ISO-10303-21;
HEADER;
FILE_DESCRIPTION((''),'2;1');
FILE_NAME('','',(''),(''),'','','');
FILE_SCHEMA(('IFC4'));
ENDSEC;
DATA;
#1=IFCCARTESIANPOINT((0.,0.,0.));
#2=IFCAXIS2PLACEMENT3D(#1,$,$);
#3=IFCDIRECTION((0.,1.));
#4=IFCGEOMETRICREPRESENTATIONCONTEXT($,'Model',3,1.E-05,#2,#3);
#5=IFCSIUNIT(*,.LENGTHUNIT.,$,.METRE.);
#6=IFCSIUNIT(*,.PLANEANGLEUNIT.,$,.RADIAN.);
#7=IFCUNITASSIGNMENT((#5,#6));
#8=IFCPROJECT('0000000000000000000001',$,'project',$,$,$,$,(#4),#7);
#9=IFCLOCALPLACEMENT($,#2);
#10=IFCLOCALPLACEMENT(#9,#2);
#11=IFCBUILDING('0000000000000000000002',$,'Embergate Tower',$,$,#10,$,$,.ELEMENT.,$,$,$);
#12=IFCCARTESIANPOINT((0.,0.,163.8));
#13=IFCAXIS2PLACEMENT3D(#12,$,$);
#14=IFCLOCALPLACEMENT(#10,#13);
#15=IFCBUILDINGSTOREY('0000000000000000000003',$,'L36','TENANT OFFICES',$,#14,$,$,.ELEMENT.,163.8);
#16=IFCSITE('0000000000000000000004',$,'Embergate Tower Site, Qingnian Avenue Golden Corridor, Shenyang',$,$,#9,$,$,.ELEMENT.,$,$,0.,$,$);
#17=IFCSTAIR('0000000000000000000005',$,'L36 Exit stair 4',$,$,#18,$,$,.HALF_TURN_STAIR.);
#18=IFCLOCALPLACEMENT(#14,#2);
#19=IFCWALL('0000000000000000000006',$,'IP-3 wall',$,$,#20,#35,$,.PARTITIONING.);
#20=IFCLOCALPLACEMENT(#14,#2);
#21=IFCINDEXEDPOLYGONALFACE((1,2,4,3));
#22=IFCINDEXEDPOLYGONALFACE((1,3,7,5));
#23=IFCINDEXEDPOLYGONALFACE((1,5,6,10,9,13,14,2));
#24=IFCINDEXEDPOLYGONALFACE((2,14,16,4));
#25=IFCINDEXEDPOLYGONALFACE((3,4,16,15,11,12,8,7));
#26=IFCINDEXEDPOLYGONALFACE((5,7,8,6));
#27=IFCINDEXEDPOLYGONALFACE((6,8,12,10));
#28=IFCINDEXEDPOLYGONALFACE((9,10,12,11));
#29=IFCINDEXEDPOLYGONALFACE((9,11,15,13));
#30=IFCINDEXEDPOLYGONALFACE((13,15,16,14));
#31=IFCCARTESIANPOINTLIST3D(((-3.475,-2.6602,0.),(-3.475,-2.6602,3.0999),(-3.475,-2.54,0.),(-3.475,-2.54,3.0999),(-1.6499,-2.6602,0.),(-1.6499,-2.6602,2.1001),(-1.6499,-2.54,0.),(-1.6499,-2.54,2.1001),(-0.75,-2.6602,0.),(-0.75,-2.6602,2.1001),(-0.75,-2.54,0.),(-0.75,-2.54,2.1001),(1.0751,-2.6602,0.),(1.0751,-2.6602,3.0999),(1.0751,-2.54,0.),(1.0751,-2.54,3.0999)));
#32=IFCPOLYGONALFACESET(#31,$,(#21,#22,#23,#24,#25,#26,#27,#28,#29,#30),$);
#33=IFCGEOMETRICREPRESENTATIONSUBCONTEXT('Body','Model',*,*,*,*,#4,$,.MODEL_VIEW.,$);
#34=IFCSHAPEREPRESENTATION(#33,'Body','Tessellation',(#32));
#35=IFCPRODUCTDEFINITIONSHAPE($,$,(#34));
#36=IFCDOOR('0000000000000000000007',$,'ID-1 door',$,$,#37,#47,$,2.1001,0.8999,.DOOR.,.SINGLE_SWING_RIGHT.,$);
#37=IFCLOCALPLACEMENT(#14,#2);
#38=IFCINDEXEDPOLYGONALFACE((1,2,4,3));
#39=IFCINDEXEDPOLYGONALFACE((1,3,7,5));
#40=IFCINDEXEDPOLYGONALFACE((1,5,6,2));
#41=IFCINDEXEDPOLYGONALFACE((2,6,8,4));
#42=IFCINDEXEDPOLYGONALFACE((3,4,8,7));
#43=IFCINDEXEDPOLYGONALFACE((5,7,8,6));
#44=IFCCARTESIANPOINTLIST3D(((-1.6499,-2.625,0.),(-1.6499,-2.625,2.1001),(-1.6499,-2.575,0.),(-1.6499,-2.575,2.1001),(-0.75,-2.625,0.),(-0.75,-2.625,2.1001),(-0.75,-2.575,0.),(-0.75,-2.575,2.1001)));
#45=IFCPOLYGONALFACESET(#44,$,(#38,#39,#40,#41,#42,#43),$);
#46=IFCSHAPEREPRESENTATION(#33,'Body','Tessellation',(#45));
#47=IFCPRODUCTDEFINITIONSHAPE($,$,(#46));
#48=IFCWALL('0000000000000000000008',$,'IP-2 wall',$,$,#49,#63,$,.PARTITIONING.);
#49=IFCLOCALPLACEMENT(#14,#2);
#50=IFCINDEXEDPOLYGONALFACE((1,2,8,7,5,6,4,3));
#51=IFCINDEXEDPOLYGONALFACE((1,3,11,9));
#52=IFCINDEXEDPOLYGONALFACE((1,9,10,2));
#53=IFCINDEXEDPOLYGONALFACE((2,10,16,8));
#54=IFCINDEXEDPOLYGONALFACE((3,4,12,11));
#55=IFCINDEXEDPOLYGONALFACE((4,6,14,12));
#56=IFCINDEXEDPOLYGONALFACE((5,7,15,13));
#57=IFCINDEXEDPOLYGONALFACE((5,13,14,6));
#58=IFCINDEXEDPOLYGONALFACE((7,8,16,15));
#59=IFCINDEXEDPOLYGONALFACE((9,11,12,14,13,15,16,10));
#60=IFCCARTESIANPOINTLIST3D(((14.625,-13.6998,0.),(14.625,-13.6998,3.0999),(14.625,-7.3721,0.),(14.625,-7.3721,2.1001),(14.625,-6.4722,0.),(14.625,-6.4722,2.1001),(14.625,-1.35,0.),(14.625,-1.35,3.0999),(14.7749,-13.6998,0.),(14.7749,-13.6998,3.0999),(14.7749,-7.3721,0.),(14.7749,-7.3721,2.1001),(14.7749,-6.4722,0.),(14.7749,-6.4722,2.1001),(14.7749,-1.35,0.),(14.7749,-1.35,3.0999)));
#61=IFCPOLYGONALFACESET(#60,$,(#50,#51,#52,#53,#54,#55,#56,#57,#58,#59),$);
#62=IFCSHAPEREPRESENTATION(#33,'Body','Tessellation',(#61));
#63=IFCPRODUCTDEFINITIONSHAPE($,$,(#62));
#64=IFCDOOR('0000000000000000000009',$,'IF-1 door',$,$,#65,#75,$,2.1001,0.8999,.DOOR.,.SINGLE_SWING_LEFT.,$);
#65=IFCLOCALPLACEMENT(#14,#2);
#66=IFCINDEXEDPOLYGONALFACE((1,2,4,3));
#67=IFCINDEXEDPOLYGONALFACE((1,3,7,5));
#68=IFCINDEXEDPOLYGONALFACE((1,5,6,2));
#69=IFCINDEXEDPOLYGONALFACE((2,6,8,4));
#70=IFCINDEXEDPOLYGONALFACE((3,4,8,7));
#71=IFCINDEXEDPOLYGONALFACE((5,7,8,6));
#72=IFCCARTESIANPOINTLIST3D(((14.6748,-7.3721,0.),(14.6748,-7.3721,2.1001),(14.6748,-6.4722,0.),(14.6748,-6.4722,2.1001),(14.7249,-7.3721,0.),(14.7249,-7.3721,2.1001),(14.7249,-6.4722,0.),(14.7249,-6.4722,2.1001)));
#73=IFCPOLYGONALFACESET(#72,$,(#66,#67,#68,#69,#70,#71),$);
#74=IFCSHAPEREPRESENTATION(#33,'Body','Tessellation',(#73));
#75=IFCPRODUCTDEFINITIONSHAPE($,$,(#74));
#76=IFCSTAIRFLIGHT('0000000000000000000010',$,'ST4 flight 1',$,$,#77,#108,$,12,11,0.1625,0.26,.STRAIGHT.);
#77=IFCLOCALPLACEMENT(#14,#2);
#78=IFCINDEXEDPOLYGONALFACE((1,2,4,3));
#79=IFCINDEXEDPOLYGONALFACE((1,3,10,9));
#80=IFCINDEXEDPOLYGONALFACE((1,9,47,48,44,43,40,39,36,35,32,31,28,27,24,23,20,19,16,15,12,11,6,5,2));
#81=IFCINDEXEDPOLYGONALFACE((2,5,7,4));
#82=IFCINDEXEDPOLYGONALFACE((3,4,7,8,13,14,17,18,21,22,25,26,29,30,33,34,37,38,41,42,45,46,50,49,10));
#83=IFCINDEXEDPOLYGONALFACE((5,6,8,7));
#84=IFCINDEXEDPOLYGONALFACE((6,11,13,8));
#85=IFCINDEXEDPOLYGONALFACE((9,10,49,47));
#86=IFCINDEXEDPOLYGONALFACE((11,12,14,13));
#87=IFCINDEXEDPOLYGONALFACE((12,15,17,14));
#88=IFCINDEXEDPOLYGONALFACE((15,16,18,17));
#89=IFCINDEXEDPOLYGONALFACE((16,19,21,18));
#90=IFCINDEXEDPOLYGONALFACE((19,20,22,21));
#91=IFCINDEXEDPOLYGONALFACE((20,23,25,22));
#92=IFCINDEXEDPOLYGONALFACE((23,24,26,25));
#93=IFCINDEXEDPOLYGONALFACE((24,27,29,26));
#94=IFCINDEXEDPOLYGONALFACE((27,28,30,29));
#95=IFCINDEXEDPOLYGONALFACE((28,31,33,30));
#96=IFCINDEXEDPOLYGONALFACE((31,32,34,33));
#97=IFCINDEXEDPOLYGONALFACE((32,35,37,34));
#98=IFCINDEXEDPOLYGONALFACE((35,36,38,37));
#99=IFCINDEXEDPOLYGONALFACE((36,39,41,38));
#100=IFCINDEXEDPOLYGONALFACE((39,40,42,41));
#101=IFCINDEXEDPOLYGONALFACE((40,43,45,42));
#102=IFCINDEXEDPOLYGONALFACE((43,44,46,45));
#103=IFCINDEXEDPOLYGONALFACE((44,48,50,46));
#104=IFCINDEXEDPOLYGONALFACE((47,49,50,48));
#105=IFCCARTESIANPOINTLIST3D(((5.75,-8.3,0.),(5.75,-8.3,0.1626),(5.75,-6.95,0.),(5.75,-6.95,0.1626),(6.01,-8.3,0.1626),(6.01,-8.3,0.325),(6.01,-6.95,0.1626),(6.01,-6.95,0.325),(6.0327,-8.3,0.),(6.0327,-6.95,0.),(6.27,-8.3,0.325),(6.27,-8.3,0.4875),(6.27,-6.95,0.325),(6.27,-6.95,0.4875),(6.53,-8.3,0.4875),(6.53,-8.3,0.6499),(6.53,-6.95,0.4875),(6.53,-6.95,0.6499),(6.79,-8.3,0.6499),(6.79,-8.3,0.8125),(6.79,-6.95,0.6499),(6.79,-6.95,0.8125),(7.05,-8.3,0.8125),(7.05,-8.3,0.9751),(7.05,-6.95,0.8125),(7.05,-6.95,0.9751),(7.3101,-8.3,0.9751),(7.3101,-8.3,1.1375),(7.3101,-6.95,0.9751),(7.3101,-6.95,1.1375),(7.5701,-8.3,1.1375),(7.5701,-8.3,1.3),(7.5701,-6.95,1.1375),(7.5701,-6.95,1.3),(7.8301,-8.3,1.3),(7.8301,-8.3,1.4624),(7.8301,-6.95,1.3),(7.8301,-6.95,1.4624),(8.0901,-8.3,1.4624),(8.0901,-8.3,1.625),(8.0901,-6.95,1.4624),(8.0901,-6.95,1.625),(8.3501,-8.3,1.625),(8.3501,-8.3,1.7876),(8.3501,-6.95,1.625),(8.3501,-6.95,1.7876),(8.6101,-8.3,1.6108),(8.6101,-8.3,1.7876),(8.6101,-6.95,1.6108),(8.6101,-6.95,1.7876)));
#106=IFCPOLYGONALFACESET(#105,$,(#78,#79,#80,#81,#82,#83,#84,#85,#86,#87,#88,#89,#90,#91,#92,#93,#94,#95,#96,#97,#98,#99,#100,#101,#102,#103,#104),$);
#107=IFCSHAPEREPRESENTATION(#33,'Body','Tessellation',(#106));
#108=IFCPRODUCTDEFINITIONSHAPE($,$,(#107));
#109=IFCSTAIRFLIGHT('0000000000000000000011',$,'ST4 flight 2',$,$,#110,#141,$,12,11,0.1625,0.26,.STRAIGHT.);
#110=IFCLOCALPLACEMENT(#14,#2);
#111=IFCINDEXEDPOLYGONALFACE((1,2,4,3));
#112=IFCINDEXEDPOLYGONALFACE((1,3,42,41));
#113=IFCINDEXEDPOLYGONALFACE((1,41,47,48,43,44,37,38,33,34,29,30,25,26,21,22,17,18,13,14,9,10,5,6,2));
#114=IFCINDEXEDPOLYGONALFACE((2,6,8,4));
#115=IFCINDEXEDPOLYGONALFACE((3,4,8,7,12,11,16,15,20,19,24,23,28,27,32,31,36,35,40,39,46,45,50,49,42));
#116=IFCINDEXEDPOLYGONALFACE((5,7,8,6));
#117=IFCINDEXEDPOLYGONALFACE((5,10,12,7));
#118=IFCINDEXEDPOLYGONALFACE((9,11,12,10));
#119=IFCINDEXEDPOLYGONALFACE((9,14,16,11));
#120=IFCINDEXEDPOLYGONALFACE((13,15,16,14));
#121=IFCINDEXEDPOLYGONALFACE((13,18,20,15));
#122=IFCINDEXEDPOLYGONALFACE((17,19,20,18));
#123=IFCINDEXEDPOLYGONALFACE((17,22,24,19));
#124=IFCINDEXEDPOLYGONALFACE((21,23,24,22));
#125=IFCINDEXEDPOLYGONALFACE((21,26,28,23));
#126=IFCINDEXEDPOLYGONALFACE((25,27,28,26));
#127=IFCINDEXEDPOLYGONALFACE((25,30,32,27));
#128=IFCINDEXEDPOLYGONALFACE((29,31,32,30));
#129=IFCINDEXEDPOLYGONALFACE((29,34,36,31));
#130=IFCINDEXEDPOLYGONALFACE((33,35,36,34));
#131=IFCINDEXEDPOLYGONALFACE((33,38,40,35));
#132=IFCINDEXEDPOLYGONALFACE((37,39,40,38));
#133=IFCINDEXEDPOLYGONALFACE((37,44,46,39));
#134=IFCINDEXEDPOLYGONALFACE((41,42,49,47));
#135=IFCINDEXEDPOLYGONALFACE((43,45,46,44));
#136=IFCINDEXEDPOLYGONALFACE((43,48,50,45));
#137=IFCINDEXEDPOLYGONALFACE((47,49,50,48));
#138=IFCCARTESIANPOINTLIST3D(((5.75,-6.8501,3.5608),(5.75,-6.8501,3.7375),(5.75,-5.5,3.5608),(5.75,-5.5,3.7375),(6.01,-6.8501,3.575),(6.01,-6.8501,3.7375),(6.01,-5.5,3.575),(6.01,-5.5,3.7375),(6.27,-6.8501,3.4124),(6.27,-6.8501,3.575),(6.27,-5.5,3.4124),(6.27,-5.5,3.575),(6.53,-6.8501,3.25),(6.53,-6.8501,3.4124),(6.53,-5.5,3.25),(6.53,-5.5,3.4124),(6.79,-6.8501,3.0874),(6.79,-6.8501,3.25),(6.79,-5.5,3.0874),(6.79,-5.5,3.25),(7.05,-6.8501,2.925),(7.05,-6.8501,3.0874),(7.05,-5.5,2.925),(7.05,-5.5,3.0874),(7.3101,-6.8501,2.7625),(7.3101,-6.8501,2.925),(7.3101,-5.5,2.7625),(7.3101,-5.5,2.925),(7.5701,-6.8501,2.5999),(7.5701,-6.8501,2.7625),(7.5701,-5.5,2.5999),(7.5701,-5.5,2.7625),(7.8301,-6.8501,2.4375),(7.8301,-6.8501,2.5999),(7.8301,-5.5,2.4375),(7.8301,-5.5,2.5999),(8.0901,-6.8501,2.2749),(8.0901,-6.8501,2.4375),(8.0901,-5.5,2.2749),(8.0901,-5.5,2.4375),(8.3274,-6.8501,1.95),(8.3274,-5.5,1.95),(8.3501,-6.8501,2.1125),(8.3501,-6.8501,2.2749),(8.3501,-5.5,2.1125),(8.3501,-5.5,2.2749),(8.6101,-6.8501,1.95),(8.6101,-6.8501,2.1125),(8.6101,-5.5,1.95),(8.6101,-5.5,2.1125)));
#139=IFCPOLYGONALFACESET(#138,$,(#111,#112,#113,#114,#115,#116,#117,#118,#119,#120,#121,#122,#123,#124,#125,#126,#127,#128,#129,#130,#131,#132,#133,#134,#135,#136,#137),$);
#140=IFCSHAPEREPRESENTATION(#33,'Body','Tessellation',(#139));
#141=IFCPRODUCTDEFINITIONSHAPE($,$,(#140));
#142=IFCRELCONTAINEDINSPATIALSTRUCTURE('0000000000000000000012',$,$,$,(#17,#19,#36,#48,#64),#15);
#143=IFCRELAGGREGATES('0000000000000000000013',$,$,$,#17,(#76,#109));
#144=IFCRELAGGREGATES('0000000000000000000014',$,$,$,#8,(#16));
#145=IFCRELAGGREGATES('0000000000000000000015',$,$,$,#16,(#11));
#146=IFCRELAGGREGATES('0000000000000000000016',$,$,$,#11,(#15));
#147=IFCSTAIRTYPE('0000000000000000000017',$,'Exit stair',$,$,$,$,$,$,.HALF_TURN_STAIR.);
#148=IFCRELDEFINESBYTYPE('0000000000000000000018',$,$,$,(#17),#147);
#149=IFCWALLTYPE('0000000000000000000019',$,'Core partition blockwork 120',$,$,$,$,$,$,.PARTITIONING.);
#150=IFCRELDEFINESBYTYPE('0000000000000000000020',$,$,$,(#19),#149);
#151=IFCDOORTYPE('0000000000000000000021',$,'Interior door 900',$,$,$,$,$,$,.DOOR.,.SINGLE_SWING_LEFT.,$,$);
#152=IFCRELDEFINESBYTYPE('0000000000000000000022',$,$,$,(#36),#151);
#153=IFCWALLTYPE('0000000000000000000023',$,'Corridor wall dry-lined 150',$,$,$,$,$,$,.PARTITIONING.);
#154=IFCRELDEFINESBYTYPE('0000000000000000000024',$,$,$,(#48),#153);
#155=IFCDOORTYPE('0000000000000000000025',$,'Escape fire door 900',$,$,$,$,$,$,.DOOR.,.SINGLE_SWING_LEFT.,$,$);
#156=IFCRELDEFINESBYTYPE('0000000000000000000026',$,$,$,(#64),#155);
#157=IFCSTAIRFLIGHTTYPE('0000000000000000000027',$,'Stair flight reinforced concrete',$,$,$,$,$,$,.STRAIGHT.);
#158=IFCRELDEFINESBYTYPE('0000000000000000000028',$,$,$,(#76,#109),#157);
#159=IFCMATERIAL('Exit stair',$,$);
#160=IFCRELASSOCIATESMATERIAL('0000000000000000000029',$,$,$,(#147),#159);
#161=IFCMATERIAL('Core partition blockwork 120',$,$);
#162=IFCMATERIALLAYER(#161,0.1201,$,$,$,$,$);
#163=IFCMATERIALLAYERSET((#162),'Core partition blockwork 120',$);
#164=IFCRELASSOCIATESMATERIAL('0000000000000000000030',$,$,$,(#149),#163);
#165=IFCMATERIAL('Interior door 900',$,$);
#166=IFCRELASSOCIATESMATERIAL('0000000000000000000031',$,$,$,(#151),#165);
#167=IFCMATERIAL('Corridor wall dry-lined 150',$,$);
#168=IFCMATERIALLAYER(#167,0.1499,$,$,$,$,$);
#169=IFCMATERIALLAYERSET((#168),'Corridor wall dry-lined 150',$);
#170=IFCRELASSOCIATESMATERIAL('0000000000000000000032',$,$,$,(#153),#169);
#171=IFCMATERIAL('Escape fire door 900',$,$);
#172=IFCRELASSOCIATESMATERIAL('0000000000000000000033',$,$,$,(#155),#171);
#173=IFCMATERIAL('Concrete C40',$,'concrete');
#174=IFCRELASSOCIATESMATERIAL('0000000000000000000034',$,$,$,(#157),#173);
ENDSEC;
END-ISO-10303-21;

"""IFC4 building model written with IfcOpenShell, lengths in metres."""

from ifc_helpers import new_model, si_unit, direction, frame, frame_2d, origin, place, context, subcontext, project, spatial, polyline, rectangle, outline, extrude, source, transform, mapped, material, layer, layer_set, type_object, element, fill, aggregate, save


model = new_model("IFC4")

# Units and contexts
model_context = context("Model", 3, precision=1e-05, world=origin(), true_north=direction((0.0, 1.0)))
body_context = subcontext(model_context, "Body", "Model", "MODEL_VIEW")
ifc_project = project(units=[si_unit("LENGTHUNIT", "METRE"), si_unit("PLANEANGLEUNIT", "RADIAN")], contexts=[model_context])

# Site, building, storey
site_placement = place(None, origin())
site = spatial("IfcSite", under=ifc_project, at=site_placement, Name="Embergate Tower Site, Qingnian Avenue Golden Corridor, Shenyang", CompositionType="ELEMENT", RefElevation=0.0)
building_placement = place(site_placement, origin())
building = spatial("IfcBuilding", under=site, at=building_placement, Name="Embergate Tower", CompositionType="ELEMENT")
storey_placement = place(building_placement, frame((0.0, 0.0, 163.8)))
storey = spatial("IfcBuildingStorey", under=building, at=storey_placement, Name="L36", Description="TENANT OFFICES", CompositionType="ELEMENT", Elevation=163.8)

# Stair
ifc_material_1 = material(Name="Exit stair")
stair_type = type_object("IfcStairType", Name="Exit stair", PredefinedType="HALF_TURN_STAIR", material=ifc_material_1)
stair_placement = place(storey_placement, origin())
stair = element("IfcStair", 1, at=stair_placement, inside=storey, type_object=stair_type, Name="L36 Exit stair 4", PredefinedType="HALF_TURN_STAIR")
ifc_material_2 = material(Name="Concrete C40", Category="concrete")

# Shared definitions
ifc_material_3 = material(Name="Core partition blockwork 120")
ifc_layer_1 = layer(ifc_material_3, 0.1201)
ifc_layer_set_1 = layer_set([ifc_layer_1], Name="Core partition blockwork 120")
wall_type_1 = type_object("IfcWallType", Name="Core partition blockwork 120", PredefinedType="PARTITIONING", material=ifc_layer_set_1)

# Walls, openings, doors
shared_shape_1 = source(origin(), body_context, "Body", "SweptSolid", [
    extrude(rectangle(XDim=4.55, YDim=0.1201, at=frame_2d((2.2749, 0.0))), origin(), (0.0, 0.0, 1.0), 3.0999),
])
wall_1_placement = place(storey_placement, frame((1.075, -2.6001, 0.0), z_axis=(0.0, 0.0, 1.0), x_axis=(-1.0, 0.0, 0.0)))
wall_1 = element("IfcWall", 2, at=wall_1_placement, inside=storey, type_object=wall_type_1, Name="IP-3 wall", PredefinedType="PARTITIONING", context=body_context, shape_type="MappedRepresentation", body=[
    mapped(shared_shape_1, transform((0.0, 0.0, 0.0))),
])
shared_shape_2 = source(origin(), body_context, "Body", "SweptSolid", [
    extrude(rectangle(XDim=0.8999, YDim=2.1001, at=frame_2d((0.45, 1.05))), frame((0.0, 0.0701, 0.0), z_axis=(0.0, -1.0, 0.0), x_axis=(1.0, 0.0, 0.0)), (0.0, 0.0, 1.0), 0.1401),
])
opening_1_placement = place(wall_1_placement, frame((1.825, 0.0, 0.0)))
opening_1 = element("IfcOpeningElement", 3, at=opening_1_placement, cuts=wall_1, PredefinedType="OPENING", context=body_context, shape_type="MappedRepresentation", body=[
    mapped(shared_shape_2, transform((0.0, 0.0, 0.0))),
])
ifc_material_4 = material(Name="Interior door 900")
door_type_1 = type_object("IfcDoorType", Name="Interior door 900", OperationType="SINGLE_SWING_LEFT", PredefinedType="DOOR", material=ifc_material_4)
shared_shape_3 = source(origin(), body_context, "Body", "SweptSolid", [
    extrude(rectangle(XDim=0.8999, YDim=2.1001, at=frame_2d((0.45, 1.05))), frame((0.0, 0.0249, 0.0), z_axis=(0.0, -1.0, 0.0), x_axis=(1.0, 0.0, 0.0)), (0.0, 0.0, 1.0), 0.05),
])
door_1_placement = place(opening_1_placement, origin())
door_1 = element("IfcDoor", 4, at=door_1_placement, inside=storey, type_object=door_type_1, Name="ID-1 door", OperationType="SINGLE_SWING_RIGHT", OverallHeight=2.1001, OverallWidth=0.8999, PredefinedType="DOOR", context=body_context, shape_type="MappedRepresentation", body=[
    mapped(shared_shape_3, transform((0.0, 0.0, 0.0))),
])
fill(opening_1, door_1)
ifc_material_5 = material(Name="Corridor wall dry-lined 150")
ifc_layer_2 = layer(ifc_material_5, 0.1499)
ifc_layer_set_2 = layer_set([ifc_layer_2], Name="Corridor wall dry-lined 150")
wall_type_2 = type_object("IfcWallType", Name="Corridor wall dry-lined 150", PredefinedType="PARTITIONING", material=ifc_layer_set_2)
shared_shape_4 = source(origin(), body_context, "Body", "SweptSolid", [
    extrude(rectangle(XDim=12.3499, YDim=0.1499, at=frame_2d((6.1748, 0.0))), origin(), (0.0, 0.0, 1.0), 3.0999),
])
wall_2_placement = place(storey_placement, frame((14.7, -1.3501, 0.0), z_axis=(0.0, 0.0, 1.0), x_axis=(0.0, -1.0, 0.0)))
wall_2 = element("IfcWall", 5, at=wall_2_placement, inside=storey, type_object=wall_type_2, Name="IP-2 wall", PredefinedType="PARTITIONING", context=body_context, shape_type="MappedRepresentation", body=[
    mapped(shared_shape_4, transform((0.0, 0.0, 0.0))),
])
shared_shape_5 = source(origin(), body_context, "Body", "SweptSolid", [
    extrude(rectangle(XDim=0.8999, YDim=2.1001, at=frame_2d((0.45, 1.05))), frame((0.0, 0.085, 0.0), z_axis=(0.0, -1.0, 0.0), x_axis=(1.0, 0.0, 0.0)), (0.0, 0.0, 1.0), 0.1699),
])
opening_2_placement = place(wall_2_placement, frame((5.1221, 0.0, 0.0)))
opening_2 = element("IfcOpeningElement", 6, at=opening_2_placement, cuts=wall_2, PredefinedType="OPENING", context=body_context, shape_type="MappedRepresentation", body=[
    mapped(shared_shape_5, transform((0.0, 0.0, 0.0))),
])
ifc_material_6 = material(Name="Escape fire door 900")
door_type_2 = type_object("IfcDoorType", Name="Escape fire door 900", OperationType="SINGLE_SWING_LEFT", PredefinedType="DOOR", material=ifc_material_6)
door_2_placement = place(opening_2_placement, origin())
door_2 = element("IfcDoor", 7, at=door_2_placement, inside=storey, type_object=door_type_2, Name="IF-1 door", OperationType="SINGLE_SWING_LEFT", OverallHeight=2.1001, OverallWidth=0.8999, PredefinedType="DOOR", context=body_context, shape_type="MappedRepresentation", body=[
    mapped(shared_shape_3, transform((0.0, 0.0, 0.0))),
])
fill(opening_2, door_2)

# Stair flights
stair_flight_type = type_object("IfcStairFlightType", Name="Stair flight reinforced concrete", PredefinedType="STRAIGHT", material=ifc_material_2)
shared_shape_6 = source(origin(), body_context, "Body", "SweptSolid", [
    extrude(outline(polyline([(0.0, 0.0), (0.0, 0.1626), (0.26, 0.1626), (0.26, 0.325), (0.52, 0.325), (0.52, 0.4875), (0.78, 0.4875), (0.78, 0.6499), (1.04, 0.6499), (1.04, 0.8125), (1.3, 0.8125), (1.3, 0.9751), (1.5601, 0.9751), (1.5601, 1.1375), (1.8201, 1.1375), (1.8201, 1.3), (2.0801, 1.3), (2.0801, 1.4624), (2.3401, 1.4624), (2.3401, 1.625), (2.6001, 1.625), (2.6001, 1.7876), (2.8601, 1.7876), (2.8601, 1.95), (2.8601, 1.6108), (0.2827, 0.0), (0.0, 0.0)])), frame((0.0, 0.675, 0.0), z_axis=(0.0, -1.0, 0.0), x_axis=(1.0, 0.0, 0.0)), (0.0, 0.0, 1.0), 1.3501),
])
stair_flight_1_placement = place(storey_placement, frame((5.75, -7.625, 0.0), z_axis=(0.0, 0.0, 1.0), x_axis=(1.0, 0.0, 0.0)))
stair_flight_1 = element("IfcStairFlight", 8, at=stair_flight_1_placement, type_object=stair_flight_type, Name="ST4 flight 1", NumberOfRisers=12, NumberOfTreads=11, PredefinedType="STRAIGHT", RiserHeight=0.1625, TreadLength=0.26, context=body_context, shape_type="MappedRepresentation", body=[
    mapped(shared_shape_6, transform((0.0, 0.0, 0.0))),
])
stair_flight_2_placement = place(storey_placement, frame((8.6101, -6.175, 1.95), z_axis=(0.0, 0.0, 1.0), x_axis=(-1.0, 0.0, 0.0)))
stair_flight_2 = element("IfcStairFlight", 9, at=stair_flight_2_placement, type_object=stair_flight_type, Name="ST4 flight 2", NumberOfRisers=12, NumberOfTreads=11, PredefinedType="STRAIGHT", RiserHeight=0.1625, TreadLength=0.26, context=body_context, shape_type="MappedRepresentation", body=[
    mapped(shared_shape_6, transform((0.0, 0.0, 0.0))),
])
aggregate(stair, [stair_flight_1, stair_flight_2])

save(model, "model.ifc")
